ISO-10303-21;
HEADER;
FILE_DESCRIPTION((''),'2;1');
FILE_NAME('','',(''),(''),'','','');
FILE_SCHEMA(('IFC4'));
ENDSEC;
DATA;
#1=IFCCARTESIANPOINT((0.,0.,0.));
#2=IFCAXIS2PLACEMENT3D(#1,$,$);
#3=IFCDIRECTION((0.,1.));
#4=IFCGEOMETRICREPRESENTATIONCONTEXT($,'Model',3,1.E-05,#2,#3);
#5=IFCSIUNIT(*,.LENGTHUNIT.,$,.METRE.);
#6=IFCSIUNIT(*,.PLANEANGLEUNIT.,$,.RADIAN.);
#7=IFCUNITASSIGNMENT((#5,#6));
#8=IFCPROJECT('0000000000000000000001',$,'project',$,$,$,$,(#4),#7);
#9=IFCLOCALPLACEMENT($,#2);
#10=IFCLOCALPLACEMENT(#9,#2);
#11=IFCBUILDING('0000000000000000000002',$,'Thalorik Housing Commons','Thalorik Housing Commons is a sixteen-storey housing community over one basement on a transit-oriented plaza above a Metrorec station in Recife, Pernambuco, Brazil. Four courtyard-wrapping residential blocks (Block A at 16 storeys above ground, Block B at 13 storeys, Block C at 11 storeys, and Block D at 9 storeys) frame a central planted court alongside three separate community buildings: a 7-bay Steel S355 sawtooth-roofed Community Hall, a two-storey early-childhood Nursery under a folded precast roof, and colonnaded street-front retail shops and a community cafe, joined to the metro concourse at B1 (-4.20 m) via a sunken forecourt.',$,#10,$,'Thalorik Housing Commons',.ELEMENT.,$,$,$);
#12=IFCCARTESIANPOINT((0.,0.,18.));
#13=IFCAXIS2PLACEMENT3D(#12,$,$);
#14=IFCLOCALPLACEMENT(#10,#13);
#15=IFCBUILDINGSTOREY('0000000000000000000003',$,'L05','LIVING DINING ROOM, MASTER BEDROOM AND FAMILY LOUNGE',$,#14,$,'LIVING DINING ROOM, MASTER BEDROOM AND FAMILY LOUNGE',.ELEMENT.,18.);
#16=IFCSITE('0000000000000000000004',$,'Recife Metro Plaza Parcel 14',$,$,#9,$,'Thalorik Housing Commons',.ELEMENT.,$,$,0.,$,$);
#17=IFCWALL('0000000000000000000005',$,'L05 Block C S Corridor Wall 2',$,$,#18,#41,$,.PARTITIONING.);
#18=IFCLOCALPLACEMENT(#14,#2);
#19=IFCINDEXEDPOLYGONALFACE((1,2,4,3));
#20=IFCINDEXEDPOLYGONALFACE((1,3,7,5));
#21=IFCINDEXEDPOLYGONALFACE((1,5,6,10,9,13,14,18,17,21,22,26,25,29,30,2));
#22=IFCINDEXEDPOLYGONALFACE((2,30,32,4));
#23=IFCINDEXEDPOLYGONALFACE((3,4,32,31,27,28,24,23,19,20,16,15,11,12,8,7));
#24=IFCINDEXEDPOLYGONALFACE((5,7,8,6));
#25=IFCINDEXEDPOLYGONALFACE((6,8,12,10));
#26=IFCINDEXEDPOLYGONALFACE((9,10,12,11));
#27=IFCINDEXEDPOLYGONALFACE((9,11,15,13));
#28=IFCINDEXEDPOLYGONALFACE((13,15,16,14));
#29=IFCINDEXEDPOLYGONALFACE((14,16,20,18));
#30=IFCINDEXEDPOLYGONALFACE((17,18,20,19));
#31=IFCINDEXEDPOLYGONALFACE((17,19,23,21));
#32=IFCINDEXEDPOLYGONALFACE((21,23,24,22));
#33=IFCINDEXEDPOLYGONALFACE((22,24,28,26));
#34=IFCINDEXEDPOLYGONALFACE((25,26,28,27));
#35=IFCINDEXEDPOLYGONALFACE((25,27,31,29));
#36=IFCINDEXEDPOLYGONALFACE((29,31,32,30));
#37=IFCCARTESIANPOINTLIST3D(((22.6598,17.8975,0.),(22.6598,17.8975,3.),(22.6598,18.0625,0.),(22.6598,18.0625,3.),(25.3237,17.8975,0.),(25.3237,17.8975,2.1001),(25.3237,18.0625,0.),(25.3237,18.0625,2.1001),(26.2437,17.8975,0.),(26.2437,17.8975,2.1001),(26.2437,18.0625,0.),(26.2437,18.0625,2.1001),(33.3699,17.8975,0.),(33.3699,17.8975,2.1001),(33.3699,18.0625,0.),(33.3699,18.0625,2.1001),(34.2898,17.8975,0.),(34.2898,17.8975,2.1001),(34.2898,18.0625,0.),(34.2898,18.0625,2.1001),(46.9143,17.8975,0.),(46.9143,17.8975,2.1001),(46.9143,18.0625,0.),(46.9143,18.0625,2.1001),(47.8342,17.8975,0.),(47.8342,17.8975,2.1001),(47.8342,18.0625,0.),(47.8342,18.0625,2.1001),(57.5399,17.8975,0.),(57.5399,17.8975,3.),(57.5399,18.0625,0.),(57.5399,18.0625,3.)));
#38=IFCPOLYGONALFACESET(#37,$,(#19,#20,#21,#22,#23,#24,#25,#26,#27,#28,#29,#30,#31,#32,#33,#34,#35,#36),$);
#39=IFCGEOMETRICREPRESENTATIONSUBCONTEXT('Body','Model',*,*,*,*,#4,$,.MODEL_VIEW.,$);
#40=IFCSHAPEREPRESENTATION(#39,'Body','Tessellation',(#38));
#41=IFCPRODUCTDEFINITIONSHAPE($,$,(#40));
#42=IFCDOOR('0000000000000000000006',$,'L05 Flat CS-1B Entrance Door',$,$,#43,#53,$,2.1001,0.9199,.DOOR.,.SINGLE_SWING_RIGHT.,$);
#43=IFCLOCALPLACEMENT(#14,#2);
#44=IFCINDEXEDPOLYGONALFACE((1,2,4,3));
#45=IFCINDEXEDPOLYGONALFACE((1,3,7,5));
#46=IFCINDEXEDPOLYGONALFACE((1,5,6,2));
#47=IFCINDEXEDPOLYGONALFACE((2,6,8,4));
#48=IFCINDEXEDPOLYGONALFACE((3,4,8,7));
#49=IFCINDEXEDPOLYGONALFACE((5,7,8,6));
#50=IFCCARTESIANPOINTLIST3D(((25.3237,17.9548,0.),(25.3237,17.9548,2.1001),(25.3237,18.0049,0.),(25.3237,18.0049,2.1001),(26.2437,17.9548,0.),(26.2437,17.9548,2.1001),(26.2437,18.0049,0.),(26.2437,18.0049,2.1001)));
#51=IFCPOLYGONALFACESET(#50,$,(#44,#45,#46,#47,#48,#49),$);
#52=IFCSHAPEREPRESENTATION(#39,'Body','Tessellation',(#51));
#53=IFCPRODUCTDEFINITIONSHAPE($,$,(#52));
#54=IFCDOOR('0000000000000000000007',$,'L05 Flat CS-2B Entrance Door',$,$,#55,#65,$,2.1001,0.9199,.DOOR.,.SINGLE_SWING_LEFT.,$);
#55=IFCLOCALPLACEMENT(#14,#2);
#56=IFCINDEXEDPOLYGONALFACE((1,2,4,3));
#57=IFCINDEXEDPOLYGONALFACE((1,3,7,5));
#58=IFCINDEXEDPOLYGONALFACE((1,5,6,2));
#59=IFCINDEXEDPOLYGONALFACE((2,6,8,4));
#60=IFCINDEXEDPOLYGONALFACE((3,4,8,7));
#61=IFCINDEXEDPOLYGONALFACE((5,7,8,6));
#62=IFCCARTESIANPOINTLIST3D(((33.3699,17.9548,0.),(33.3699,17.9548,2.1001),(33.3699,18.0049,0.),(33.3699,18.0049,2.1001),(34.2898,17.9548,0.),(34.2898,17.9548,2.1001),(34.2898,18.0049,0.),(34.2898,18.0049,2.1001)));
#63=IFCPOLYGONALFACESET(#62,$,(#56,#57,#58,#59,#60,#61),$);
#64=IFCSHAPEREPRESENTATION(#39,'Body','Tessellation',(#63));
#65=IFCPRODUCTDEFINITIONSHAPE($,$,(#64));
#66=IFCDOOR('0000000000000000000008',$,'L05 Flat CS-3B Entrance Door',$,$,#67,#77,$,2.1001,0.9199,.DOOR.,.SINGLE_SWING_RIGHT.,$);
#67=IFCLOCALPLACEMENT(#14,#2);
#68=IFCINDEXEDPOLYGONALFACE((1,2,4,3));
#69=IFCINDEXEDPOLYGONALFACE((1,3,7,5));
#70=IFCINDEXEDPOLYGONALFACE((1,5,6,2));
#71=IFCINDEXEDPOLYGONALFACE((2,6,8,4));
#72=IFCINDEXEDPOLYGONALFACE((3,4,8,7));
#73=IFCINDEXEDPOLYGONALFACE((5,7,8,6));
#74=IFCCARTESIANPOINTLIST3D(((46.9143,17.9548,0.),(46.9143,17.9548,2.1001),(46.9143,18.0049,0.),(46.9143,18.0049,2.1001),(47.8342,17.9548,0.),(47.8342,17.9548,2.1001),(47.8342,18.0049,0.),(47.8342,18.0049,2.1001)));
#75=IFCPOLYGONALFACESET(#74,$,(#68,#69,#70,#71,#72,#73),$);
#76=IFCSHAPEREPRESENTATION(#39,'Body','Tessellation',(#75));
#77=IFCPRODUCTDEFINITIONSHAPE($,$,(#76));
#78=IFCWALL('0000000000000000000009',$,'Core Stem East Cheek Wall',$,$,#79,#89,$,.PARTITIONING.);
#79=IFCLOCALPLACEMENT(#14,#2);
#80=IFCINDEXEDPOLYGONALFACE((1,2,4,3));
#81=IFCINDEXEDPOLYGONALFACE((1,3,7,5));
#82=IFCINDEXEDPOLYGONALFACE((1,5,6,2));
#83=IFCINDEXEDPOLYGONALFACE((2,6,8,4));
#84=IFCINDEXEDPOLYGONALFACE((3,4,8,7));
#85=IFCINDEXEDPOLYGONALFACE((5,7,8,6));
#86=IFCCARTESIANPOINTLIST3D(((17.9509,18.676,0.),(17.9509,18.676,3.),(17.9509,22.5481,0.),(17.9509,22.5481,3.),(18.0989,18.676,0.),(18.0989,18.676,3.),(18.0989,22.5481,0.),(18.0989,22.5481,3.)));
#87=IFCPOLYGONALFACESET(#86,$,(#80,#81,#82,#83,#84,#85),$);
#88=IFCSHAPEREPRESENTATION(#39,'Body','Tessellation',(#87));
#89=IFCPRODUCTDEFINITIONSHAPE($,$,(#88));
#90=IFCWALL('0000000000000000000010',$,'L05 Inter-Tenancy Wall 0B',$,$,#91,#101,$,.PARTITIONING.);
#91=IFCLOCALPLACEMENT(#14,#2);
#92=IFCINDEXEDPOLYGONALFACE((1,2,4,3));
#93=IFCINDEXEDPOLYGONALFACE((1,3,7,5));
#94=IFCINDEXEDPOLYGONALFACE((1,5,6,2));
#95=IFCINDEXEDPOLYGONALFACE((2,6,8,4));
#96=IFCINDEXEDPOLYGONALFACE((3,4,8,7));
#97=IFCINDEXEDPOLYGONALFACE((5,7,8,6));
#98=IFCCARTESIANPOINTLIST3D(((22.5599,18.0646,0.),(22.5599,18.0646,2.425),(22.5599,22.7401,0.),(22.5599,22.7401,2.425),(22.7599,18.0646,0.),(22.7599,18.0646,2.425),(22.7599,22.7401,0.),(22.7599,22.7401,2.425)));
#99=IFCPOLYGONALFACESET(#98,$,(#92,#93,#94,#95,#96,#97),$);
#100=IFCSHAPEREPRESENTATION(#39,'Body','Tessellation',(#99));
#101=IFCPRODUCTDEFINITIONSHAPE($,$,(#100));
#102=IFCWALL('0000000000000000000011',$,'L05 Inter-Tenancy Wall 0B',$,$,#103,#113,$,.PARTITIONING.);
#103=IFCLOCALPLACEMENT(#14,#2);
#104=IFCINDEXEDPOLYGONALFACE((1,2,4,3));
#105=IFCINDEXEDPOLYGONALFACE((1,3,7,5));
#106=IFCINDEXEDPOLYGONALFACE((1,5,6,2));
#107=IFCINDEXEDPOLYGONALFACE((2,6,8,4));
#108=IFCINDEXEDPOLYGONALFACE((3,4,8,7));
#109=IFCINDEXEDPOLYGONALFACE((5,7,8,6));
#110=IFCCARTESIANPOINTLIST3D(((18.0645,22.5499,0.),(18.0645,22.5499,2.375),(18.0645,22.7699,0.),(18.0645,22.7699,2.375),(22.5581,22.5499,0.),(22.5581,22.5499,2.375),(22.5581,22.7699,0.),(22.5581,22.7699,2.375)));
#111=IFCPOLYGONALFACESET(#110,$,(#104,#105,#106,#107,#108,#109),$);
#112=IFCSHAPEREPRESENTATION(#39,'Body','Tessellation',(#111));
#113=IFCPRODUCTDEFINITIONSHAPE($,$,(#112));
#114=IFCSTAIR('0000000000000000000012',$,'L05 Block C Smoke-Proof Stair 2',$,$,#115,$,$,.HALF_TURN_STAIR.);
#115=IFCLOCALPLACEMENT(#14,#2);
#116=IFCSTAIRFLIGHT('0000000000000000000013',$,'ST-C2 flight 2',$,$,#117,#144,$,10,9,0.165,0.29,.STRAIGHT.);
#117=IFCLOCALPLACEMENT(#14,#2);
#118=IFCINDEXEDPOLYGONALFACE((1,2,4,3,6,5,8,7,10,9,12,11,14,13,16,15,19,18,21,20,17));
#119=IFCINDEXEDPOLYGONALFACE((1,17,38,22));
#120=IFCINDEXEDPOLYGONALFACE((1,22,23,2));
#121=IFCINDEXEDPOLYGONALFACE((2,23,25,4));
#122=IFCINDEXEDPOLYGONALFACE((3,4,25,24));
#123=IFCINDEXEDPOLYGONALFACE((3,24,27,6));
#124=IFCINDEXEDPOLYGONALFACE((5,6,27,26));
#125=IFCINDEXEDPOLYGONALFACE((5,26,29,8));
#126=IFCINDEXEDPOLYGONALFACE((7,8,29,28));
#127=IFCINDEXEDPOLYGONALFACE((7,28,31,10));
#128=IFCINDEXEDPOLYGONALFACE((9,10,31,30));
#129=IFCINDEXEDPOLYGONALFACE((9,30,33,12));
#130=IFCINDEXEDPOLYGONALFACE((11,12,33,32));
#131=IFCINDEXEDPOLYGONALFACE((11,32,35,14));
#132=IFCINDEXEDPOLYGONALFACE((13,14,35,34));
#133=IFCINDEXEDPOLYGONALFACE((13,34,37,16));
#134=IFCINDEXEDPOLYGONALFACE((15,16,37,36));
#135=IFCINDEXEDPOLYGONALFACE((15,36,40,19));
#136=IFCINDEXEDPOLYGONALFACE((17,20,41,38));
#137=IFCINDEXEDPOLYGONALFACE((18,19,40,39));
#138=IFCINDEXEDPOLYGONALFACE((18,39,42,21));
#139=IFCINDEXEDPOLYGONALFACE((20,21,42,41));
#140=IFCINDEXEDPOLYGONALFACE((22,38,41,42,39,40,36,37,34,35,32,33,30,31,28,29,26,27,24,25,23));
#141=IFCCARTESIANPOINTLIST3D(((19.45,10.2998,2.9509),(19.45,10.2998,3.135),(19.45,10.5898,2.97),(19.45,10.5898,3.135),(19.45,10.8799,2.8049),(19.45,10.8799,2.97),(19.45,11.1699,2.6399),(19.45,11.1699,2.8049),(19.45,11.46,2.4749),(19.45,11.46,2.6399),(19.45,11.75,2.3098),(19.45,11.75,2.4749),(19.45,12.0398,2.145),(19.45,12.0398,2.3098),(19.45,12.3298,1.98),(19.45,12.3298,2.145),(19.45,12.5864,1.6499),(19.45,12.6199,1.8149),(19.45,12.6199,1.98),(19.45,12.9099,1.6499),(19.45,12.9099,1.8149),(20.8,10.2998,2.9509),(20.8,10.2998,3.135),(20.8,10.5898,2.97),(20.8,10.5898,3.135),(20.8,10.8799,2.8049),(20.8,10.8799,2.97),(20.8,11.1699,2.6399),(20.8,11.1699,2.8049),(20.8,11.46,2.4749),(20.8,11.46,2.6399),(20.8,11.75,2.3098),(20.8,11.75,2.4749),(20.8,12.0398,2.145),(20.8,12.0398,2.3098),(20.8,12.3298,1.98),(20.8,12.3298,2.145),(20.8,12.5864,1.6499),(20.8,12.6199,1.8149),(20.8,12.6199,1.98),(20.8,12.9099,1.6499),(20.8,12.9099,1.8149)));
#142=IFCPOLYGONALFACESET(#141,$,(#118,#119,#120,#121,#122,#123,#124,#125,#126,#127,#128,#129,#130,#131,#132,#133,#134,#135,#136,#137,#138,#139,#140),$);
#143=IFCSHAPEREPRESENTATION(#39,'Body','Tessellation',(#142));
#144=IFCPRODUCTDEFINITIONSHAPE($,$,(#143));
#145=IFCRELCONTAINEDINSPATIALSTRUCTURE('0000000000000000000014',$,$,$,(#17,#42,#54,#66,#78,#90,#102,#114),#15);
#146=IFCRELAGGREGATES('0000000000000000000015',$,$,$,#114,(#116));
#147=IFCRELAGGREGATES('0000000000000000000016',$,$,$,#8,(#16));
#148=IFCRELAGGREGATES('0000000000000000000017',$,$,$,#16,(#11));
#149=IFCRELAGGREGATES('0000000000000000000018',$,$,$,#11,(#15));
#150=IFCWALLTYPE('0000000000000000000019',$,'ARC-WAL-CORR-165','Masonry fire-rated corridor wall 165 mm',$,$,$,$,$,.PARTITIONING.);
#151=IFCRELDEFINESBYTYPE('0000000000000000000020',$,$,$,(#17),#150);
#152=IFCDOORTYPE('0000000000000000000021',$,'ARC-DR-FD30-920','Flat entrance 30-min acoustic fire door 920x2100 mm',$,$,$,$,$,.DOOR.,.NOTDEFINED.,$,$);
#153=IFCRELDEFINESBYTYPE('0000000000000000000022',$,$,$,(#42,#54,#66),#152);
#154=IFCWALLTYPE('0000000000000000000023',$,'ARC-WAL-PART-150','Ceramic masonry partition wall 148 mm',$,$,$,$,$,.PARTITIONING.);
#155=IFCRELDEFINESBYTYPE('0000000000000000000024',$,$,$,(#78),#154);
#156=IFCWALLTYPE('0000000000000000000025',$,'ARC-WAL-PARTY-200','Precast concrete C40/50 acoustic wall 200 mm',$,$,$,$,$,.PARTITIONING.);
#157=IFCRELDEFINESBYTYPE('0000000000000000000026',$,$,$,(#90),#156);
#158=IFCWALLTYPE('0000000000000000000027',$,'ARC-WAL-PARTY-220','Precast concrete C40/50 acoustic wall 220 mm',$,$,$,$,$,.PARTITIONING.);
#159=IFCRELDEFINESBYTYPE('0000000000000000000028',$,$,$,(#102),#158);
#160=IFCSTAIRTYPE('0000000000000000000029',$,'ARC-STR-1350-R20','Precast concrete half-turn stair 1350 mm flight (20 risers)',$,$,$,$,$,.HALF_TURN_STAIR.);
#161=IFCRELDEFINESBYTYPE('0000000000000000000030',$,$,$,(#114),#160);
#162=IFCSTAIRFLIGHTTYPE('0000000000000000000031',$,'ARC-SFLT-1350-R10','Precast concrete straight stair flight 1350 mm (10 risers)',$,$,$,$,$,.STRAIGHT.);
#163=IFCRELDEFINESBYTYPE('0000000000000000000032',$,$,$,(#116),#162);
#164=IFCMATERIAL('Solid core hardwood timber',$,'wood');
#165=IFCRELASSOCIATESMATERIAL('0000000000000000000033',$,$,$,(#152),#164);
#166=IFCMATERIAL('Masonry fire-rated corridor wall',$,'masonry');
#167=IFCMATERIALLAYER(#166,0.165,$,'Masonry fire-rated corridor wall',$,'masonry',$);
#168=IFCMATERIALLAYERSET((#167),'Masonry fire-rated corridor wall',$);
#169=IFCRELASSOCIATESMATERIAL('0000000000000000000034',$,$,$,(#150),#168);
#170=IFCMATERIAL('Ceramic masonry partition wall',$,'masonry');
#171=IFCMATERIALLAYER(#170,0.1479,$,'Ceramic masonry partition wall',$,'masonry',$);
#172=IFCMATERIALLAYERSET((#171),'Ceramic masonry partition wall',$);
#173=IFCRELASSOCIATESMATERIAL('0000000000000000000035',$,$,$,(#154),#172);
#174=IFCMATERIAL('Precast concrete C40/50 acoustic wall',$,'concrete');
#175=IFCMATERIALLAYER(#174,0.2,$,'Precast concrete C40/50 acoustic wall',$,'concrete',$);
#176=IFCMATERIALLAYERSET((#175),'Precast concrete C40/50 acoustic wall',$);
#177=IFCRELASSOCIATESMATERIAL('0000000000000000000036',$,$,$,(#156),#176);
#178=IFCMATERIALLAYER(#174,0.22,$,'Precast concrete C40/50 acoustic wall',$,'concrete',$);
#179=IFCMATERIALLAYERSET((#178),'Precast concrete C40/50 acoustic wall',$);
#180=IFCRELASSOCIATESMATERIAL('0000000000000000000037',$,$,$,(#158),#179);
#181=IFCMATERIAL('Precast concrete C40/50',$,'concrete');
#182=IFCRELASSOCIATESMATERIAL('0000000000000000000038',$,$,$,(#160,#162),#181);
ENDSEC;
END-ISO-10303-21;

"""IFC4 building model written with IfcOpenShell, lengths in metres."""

from ifc_helpers import new_model, si_unit, direction, frame, frame_2d, origin, place, context, subcontext, project, spatial, polyline, rectangle, outline, extrude, material, layer, layer_set, type_object, element, fill, aggregate, save


model = new_model("IFC4")

# Units and contexts
model_context = context("Model", 3, precision=1e-05, world=origin(), true_north=direction((0.0, 1.0)))
body_context = subcontext(model_context, "Body", "Model", "MODEL_VIEW")
ifc_project = project(units=[si_unit("LENGTHUNIT", "METRE"), si_unit("PLANEANGLEUNIT", "RADIAN")], contexts=[model_context])

# Site, building, storey
site_placement = place(None, origin())
site = spatial("IfcSite", under=ifc_project, at=site_placement, Name="Recife Metro Plaza Parcel 14", LongName="Thalorik Housing Commons", CompositionType="ELEMENT", RefElevation=0.0)
building_placement = place(site_placement, origin())
building = spatial("IfcBuilding", under=site, at=building_placement, Name="Thalorik Housing Commons", Description="Thalorik Housing Commons is a sixteen-storey housing community over one basement on a transit-oriented plaza above a Metrorec station in Recife, Pernambuco, Brazil. Four courtyard-wrapping residential blocks (Block A at 16 storeys above ground, Block B at 13 storeys, Block C at 11 storeys, and Block D at 9 storeys) frame a central planted court alongside three separate community buildings: a 7-bay Steel S355 sawtooth-roofed Community Hall, a two-storey early-childhood Nursery under a folded precast roof, and colonnaded street-front retail shops and a community cafe, joined to the metro concourse at B1 (-4.20 m) via a sunken forecourt.", LongName="Thalorik Housing Commons", CompositionType="ELEMENT")
storey_placement = place(building_placement, frame((0.0, 0.0, 18.0)))
storey = spatial("IfcBuildingStorey", under=building, at=storey_placement, Name="L05", Description="LIVING DINING ROOM, MASTER BEDROOM AND FAMILY LOUNGE", LongName="LIVING DINING ROOM, MASTER BEDROOM AND FAMILY LOUNGE", CompositionType="ELEMENT", Elevation=18.0)

# Shared definitions
ifc_material_1 = material(Name="Precast concrete C40/50", Category="concrete")

# Wall, openings, doors
ifc_material_2 = material(Name="Masonry fire-rated corridor wall", Category="masonry")
ifc_material_3 = material(Name="Solid core hardwood timber", Category="wood")
door_type_1 = type_object("IfcDoorType", Name="ARC-DR-FD30-920", Description="Flat entrance 30-min acoustic fire door 920x2100 mm", OperationType="NOTDEFINED", PredefinedType="DOOR", material=ifc_material_3)
ifc_layer_1 = layer(ifc_material_2, 0.165, Name="Masonry fire-rated corridor wall", Category="masonry")
ifc_layer_set_1 = layer_set([ifc_layer_1], Name="Masonry fire-rated corridor wall")
wall_type_1 = type_object("IfcWallType", Name="ARC-WAL-CORR-165", Description="Masonry fire-rated corridor wall 165 mm", PredefinedType="PARTITIONING", material=ifc_layer_set_1)
wall_1_placement = place(storey_placement, frame((22.6599, 17.98, 0.0), z_axis=(0.0, 0.0, 1.0), x_axis=(1.0, 0.0, 0.0)))
wall_1 = element("IfcWall", 1, at=wall_1_placement, inside=storey, type_object=wall_type_1, Name="L05 Block C S Corridor Wall 2", PredefinedType="PARTITIONING", context=body_context, shape_type="SweptSolid", body=[
    extrude(rectangle(XDim=34.8801, YDim=0.165, at=frame_2d((17.4399, 0.0))), origin(), (0.0, 0.0, 1.0), 3.0),
])
opening_1_placement = place(wall_1_placement, frame((2.6638, 0.0, 0.0)))
opening_1 = element("IfcOpeningElement", 2, at=opening_1_placement, cuts=wall_1, PredefinedType="OPENING", context=body_context, shape_type="SweptSolid", body=[
    extrude(rectangle(XDim=0.9199, YDim=2.1001, at=frame_2d((0.46, 1.05))), frame((0.0, 0.0925, 0.0), z_axis=(0.0, -1.0, 0.0), x_axis=(1.0, 0.0, 0.0)), (0.0, 0.0, 1.0), 0.1851),
])
opening_2_placement = place(wall_1_placement, frame((10.71, 0.0, 0.0)))
opening_2 = element("IfcOpeningElement", 3, at=opening_2_placement, cuts=wall_1, PredefinedType="OPENING", context=body_context, shape_type="SweptSolid", body=[
    extrude(rectangle(XDim=0.9199, YDim=2.1001, at=frame_2d((0.46, 1.05))), frame((0.0, 0.0925, 0.0), z_axis=(0.0, -1.0, 0.0), x_axis=(1.0, 0.0, 0.0)), (0.0, 0.0, 1.0), 0.1851),
])
opening_3_placement = place(wall_1_placement, frame((24.2544, 0.0, 0.0)))
opening_3 = element("IfcOpeningElement", 4, at=opening_3_placement, cuts=wall_1, PredefinedType="OPENING", context=body_context, shape_type="SweptSolid", body=[
    extrude(rectangle(XDim=0.9199, YDim=2.1001, at=frame_2d((0.46, 1.05))), frame((0.0, 0.0925, 0.0), z_axis=(0.0, -1.0, 0.0), x_axis=(1.0, 0.0, 0.0)), (0.0, 0.0, 1.0), 0.1851),
])
door_1_placement = place(opening_1_placement, origin())
door_1 = element("IfcDoor", 5, at=door_1_placement, inside=storey, type_object=door_type_1, Name="L05 Flat CS-1B Entrance Door", OperationType="SINGLE_SWING_RIGHT", OverallHeight=2.1001, OverallWidth=0.9199, PredefinedType="DOOR", context=body_context, shape_type="SweptSolid", body=[
    extrude(rectangle(XDim=0.9199, YDim=2.1001, at=frame_2d((0.46, 1.05))), frame((0.0, 0.0249, 0.0), z_axis=(0.0, -1.0, 0.0), x_axis=(1.0, 0.0, 0.0)), (0.0, 0.0, 1.0), 0.05),
])
fill(opening_1, door_1)
door_2_placement = place(opening_2_placement, origin())
door_2 = element("IfcDoor", 6, at=door_2_placement, inside=storey, type_object=door_type_1, Name="L05 Flat CS-2B Entrance Door", OperationType="SINGLE_SWING_LEFT", OverallHeight=2.1001, OverallWidth=0.9199, PredefinedType="DOOR", context=body_context, shape_type="SweptSolid", body=[
    extrude(rectangle(XDim=0.9199, YDim=2.1001, at=frame_2d((0.46, 1.05))), frame((0.0, 0.0249, 0.0), z_axis=(0.0, -1.0, 0.0), x_axis=(1.0, 0.0, 0.0)), (0.0, 0.0, 1.0), 0.05),
])
fill(opening_2, door_2)
door_3_placement = place(opening_3_placement, origin())
door_3 = element("IfcDoor", 7, at=door_3_placement, inside=storey, type_object=door_type_1, Name="L05 Flat CS-3B Entrance Door", OperationType="SINGLE_SWING_RIGHT", OverallHeight=2.1001, OverallWidth=0.9199, PredefinedType="DOOR", context=body_context, shape_type="SweptSolid", body=[
    extrude(rectangle(XDim=0.9199, YDim=2.1001, at=frame_2d((0.46, 1.05))), frame((0.0, 0.0249, 0.0), z_axis=(0.0, -1.0, 0.0), x_axis=(1.0, 0.0, 0.0)), (0.0, 0.0, 1.0), 0.05),
])
fill(opening_3, door_3)

# Wall
ifc_material_4 = material(Name="Ceramic masonry partition wall", Category="masonry")
ifc_layer_2 = layer(ifc_material_4, 0.1479, Name="Ceramic masonry partition wall", Category="masonry")
ifc_layer_set_2 = layer_set([ifc_layer_2], Name="Ceramic masonry partition wall")
wall_type_2 = type_object("IfcWallType", Name="ARC-WAL-PART-150", Description="Ceramic masonry partition wall 148 mm", PredefinedType="PARTITIONING", material=ifc_layer_set_2)
wall_2_placement = place(storey_placement, frame((18.0249, 18.676, 0.0), z_axis=(0.0, 0.0, 1.0), x_axis=(0.0, 1.0, 0.0)))
element("IfcWall", 8, at=wall_2_placement, inside=storey, type_object=wall_type_2, Name="Core Stem East Cheek Wall", PredefinedType="PARTITIONING", context=body_context, shape_type="SweptSolid", body=[
    extrude(rectangle(XDim=3.8721, YDim=0.1479, at=frame_2d((1.936, 0.0))), origin(), (0.0, 0.0, 1.0), 3.0),
])

# Walls
ifc_material_5 = material(Name="Precast concrete C40/50 acoustic wall", Category="concrete")
ifc_layer_3 = layer(ifc_material_5, 0.2, Name="Precast concrete C40/50 acoustic wall", Category="concrete")
ifc_layer_set_3 = layer_set([ifc_layer_3], Name="Precast concrete C40/50 acoustic wall")
wall_type_3 = type_object("IfcWallType", Name="ARC-WAL-PARTY-200", Description="Precast concrete C40/50 acoustic wall 200 mm", PredefinedType="PARTITIONING", material=ifc_layer_set_3)
wall_3_placement = place(storey_placement, frame((22.6599, 18.0645, 0.0), z_axis=(0.0, 0.0, 1.0), x_axis=(0.0, 1.0, 0.0)))
element("IfcWall", 9, at=wall_3_placement, inside=storey, type_object=wall_type_3, Name="L05 Inter-Tenancy Wall 0B", PredefinedType="PARTITIONING", context=body_context, shape_type="SweptSolid", body=[
    extrude(rectangle(XDim=4.6755, YDim=0.2, at=frame_2d((2.3379, 0.0))), origin(), (0.0, 0.0, 1.0), 2.425),
])
ifc_layer_4 = layer(ifc_material_5, 0.22, Name="Precast concrete C40/50 acoustic wall", Category="concrete")
ifc_layer_set_4 = layer_set([ifc_layer_4], Name="Precast concrete C40/50 acoustic wall")
wall_type_4 = type_object("IfcWallType", Name="ARC-WAL-PARTY-220", Description="Precast concrete C40/50 acoustic wall 220 mm", PredefinedType="PARTITIONING", material=ifc_layer_set_4)
wall_4_placement = place(storey_placement, frame((18.0645, 22.6599, 0.0), z_axis=(0.0, 0.0, 1.0), x_axis=(1.0, 0.0, 0.0)))
element("IfcWall", 10, at=wall_4_placement, inside=storey, type_object=wall_type_4, Name="L05 Inter-Tenancy Wall 0B", PredefinedType="PARTITIONING", context=body_context, shape_type="SweptSolid", body=[
    extrude(rectangle(XDim=4.4937, YDim=0.22, at=frame_2d((2.2468, 0.0))), origin(), (0.0, 0.0, 1.0), 2.375),
])

# Stair, stair flight
stair_type = type_object("IfcStairType", Name="ARC-STR-1350-R20", Description="Precast concrete half-turn stair 1350 mm flight (20 risers)", PredefinedType="HALF_TURN_STAIR", material=ifc_material_1)
stair_placement = place(storey_placement, origin())
stair = element("IfcStair", 11, at=stair_placement, inside=storey, type_object=stair_type, Name="L05 Block C Smoke-Proof Stair 2", PredefinedType="HALF_TURN_STAIR")
stair_flight_type = type_object("IfcStairFlightType", Name="ARC-SFLT-1350-R10", Description="Precast concrete straight stair flight 1350 mm (10 risers)", PredefinedType="STRAIGHT", material=ifc_material_1)
stair_flight_placement = place(storey_placement, frame((20.125, 12.9099, 1.6499), z_axis=(0.0, 0.0, 1.0), x_axis=(0.0, -1.0, 0.0)))
stair_flight = element("IfcStairFlight", 12, at=stair_flight_placement, type_object=stair_flight_type, Name="ST-C2 flight 2", NumberOfRisers=10, NumberOfTreads=9, PredefinedType="STRAIGHT", RiserHeight=0.165, TreadLength=0.29, context=body_context, shape_type="SweptSolid", body=[
    extrude(outline(polyline([(0.0, 0.0), (0.0, 0.165), (0.29, 0.165), (0.29, 0.3301), (0.5801, 0.3301), (0.5801, 0.4951), (0.8701, 0.4951), (0.8701, 0.6599), (1.1599, 0.6599), (1.1599, 0.825), (1.45, 0.825), (1.45, 0.99), (1.74, 0.99), (1.74, 1.155), (2.03, 1.155), (2.03, 1.3201), (2.3201, 1.3201), (2.3201, 1.4851), (2.6101, 1.4851), (2.6101, 1.6499), (2.6101, 1.301), (0.3235, 0.0), (0.0, 0.0)])), frame((0.0, 0.675, 0.0), z_axis=(0.0, -1.0, 0.0), x_axis=(1.0, 0.0, 0.0)), (0.0, 0.0, 1.0), 1.3501),
])
aggregate(stair, [stair_flight])

save(model, "model.ifc")
